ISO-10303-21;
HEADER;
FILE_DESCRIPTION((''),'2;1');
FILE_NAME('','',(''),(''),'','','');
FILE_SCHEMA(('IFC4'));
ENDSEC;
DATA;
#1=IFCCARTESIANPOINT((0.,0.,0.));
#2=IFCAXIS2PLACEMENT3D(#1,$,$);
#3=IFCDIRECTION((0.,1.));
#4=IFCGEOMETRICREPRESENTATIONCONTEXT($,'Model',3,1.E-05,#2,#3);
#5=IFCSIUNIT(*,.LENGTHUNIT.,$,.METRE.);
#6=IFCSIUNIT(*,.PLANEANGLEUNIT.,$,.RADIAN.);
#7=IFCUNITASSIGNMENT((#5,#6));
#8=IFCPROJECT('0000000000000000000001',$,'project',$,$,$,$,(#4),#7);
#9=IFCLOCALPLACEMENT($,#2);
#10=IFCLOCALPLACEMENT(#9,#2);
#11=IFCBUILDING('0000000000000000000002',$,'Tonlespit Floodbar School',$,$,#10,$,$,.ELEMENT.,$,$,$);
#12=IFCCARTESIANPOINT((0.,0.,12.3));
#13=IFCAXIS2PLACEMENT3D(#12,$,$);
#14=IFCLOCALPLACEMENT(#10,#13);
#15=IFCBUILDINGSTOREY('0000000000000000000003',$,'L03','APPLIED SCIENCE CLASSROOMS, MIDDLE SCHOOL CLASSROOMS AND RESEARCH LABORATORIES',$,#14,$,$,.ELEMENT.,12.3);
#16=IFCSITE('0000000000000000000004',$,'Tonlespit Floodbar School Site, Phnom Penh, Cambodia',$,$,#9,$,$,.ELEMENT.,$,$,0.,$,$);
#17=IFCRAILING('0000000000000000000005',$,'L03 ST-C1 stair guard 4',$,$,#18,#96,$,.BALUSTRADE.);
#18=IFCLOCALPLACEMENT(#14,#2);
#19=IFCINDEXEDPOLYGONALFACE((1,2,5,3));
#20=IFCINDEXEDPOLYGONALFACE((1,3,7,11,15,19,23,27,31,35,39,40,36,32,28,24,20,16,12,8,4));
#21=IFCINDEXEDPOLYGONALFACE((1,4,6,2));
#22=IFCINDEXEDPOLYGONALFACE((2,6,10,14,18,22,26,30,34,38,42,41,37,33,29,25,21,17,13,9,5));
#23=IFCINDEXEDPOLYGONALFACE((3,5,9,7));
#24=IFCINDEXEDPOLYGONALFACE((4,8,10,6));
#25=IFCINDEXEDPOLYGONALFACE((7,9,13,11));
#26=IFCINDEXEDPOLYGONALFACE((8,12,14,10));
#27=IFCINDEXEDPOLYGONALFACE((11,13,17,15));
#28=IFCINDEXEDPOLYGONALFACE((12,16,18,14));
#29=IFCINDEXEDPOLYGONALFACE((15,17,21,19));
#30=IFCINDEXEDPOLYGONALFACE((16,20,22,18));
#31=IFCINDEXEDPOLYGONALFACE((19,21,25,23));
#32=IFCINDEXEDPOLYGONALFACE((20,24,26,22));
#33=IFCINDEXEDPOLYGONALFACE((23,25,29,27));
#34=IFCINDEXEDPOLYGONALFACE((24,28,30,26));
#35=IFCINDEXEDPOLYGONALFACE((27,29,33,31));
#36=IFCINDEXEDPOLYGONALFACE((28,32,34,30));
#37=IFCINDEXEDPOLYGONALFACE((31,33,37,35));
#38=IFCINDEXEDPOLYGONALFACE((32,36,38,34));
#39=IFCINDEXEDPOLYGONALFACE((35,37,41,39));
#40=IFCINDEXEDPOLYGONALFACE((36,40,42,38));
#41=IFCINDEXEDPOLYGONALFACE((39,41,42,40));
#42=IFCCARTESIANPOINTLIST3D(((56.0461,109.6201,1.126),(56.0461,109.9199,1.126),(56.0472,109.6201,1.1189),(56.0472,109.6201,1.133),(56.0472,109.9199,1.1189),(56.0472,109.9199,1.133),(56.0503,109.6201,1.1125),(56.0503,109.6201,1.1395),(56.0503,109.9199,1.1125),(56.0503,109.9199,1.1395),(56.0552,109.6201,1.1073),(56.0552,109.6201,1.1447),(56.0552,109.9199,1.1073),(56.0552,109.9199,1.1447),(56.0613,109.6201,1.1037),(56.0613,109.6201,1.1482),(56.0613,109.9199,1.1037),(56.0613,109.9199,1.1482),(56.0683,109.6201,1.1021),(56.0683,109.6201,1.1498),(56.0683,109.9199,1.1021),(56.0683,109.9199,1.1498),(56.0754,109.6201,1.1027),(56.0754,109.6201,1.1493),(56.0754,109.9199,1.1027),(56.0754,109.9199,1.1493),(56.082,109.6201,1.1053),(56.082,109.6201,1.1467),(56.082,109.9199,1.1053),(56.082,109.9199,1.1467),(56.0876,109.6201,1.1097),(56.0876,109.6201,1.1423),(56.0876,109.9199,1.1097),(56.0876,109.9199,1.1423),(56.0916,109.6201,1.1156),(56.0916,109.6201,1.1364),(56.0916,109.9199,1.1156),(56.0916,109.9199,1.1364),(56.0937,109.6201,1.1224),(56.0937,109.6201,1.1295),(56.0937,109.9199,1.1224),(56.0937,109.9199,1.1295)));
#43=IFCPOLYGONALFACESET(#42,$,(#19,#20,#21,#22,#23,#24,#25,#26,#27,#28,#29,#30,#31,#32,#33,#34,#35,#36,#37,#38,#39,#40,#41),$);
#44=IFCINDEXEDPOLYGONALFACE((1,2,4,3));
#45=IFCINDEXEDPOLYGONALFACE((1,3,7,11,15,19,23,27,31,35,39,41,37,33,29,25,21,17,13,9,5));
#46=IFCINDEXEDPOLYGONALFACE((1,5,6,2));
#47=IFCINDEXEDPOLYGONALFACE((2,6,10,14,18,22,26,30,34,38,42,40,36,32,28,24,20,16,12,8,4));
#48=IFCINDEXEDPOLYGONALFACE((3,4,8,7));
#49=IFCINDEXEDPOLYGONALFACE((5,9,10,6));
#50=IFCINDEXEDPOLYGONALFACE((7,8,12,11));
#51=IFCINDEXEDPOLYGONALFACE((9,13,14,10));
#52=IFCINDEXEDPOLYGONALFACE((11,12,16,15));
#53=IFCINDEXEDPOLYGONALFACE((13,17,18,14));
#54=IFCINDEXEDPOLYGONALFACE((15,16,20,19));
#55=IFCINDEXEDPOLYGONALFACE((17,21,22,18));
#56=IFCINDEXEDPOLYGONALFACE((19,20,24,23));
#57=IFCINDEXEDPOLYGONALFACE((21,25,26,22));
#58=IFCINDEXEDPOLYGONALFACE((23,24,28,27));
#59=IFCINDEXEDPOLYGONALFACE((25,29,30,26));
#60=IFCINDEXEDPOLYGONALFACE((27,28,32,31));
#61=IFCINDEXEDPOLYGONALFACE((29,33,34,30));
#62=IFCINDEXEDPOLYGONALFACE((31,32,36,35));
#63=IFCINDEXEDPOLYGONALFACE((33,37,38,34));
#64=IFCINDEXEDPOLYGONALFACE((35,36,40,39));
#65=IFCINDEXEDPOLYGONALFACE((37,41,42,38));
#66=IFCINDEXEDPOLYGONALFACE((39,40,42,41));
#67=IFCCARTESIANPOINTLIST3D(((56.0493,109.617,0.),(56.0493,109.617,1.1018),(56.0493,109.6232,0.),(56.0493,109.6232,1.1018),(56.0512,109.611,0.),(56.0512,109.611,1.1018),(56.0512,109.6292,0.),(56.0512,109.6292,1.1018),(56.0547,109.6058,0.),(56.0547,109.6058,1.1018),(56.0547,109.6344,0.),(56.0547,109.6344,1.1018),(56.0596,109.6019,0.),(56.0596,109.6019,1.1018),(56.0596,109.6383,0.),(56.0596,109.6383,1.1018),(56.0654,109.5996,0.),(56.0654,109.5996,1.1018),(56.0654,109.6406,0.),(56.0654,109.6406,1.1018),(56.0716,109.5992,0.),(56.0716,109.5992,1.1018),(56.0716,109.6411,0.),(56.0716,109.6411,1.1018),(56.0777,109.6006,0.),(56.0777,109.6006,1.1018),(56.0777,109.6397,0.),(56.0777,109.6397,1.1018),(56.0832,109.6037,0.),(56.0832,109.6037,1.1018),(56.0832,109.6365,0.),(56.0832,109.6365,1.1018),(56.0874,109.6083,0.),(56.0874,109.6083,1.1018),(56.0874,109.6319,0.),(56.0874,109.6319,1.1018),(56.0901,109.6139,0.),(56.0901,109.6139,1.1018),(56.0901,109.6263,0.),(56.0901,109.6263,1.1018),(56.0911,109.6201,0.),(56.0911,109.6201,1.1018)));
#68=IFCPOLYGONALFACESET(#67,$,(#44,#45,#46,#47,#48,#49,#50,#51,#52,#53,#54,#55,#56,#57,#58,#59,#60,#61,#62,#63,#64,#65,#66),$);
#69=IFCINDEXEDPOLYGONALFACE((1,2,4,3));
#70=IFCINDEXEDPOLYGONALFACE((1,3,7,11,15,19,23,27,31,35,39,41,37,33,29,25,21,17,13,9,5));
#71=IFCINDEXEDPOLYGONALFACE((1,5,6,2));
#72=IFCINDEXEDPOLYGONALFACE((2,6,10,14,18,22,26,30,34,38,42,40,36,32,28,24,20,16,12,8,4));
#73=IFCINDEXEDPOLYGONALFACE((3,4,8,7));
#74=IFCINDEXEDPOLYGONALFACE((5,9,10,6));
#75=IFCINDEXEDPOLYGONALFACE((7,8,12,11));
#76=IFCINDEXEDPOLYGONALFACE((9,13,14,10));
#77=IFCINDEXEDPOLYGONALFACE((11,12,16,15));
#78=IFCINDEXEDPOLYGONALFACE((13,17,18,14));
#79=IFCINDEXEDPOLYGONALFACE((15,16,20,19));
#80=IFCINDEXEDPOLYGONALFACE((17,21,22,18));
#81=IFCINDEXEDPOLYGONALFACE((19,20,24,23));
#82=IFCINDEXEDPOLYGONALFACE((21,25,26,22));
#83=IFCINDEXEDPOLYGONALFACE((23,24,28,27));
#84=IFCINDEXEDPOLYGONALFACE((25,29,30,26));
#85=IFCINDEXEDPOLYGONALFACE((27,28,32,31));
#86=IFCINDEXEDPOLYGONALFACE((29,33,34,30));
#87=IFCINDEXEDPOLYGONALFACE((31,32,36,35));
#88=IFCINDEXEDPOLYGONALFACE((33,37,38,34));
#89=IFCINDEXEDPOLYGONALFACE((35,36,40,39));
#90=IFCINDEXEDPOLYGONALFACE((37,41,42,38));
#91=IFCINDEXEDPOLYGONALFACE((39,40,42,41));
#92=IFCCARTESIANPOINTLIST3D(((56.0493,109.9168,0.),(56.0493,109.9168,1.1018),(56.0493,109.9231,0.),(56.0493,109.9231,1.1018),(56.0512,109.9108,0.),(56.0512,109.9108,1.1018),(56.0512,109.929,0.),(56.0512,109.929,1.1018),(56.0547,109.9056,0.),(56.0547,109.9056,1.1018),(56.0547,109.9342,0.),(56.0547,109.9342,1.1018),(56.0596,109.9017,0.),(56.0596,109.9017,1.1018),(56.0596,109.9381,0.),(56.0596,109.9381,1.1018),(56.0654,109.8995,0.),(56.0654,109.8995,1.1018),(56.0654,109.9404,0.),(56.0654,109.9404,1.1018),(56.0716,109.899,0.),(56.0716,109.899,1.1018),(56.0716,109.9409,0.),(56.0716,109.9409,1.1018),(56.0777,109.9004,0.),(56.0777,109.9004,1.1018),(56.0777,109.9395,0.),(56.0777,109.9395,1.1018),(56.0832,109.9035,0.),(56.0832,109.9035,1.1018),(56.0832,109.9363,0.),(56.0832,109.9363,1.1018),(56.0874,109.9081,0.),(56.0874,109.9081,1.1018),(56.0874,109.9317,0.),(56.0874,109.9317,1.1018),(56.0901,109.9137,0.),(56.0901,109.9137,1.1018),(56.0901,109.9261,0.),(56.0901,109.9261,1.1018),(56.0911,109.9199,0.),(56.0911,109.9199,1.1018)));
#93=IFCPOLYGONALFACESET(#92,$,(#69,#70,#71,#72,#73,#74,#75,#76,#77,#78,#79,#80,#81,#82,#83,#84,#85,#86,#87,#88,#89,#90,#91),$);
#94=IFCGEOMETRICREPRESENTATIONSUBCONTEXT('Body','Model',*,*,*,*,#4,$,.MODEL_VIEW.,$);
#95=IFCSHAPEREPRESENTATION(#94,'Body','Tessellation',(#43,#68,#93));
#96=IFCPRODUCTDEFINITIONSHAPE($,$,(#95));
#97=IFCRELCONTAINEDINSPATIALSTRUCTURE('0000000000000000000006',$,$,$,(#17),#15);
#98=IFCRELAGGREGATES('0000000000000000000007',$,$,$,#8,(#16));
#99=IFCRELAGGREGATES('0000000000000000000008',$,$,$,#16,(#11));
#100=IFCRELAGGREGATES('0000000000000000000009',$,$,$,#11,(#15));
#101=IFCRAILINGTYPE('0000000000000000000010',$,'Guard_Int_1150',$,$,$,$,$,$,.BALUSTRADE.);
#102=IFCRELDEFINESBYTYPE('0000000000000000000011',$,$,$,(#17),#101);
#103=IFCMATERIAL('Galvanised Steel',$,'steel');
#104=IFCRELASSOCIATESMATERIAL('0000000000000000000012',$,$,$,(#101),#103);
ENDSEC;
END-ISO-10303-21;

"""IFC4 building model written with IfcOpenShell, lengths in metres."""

from ifc_helpers import new_model, si_unit, direction, frame, origin, origin_2d, place, context, subcontext, project, spatial, circle, extrude, material, type_object, element, save


model = new_model("IFC4")

# Units and contexts
model_context = context("Model", 3, precision=1e-05, world=origin(), true_north=direction((0.0, 1.0)))
body_context = subcontext(model_context, "Body", "Model", "MODEL_VIEW")
ifc_project = project(units=[si_unit("LENGTHUNIT", "METRE"), si_unit("PLANEANGLEUNIT", "RADIAN")], contexts=[model_context])

# Site, building, storey
site_placement = place(None, origin())
site = spatial("IfcSite", under=ifc_project, at=site_placement, Name="Tonlespit Floodbar School Site, Phnom Penh, Cambodia", CompositionType="ELEMENT", RefElevation=0.0)
building_placement = place(site_placement, origin())
building = spatial("IfcBuilding", under=site, at=building_placement, Name="Tonlespit Floodbar School", CompositionType="ELEMENT")
storey_placement = place(building_placement, frame((0.0, 0.0, 12.3)))
storey = spatial("IfcBuildingStorey", under=building, at=storey_placement, Name="L03", Description="APPLIED SCIENCE CLASSROOMS, MIDDLE SCHOOL CLASSROOMS AND RESEARCH LABORATORIES", CompositionType="ELEMENT", Elevation=12.3)

# Shared definitions
ifc_material_1 = material(Name="Galvanised Steel", Category="steel")

# Railing
railing_type_1 = type_object("IfcRailingType", Name="Guard_Int_1150", PredefinedType="BALUSTRADE", material=ifc_material_1)
railing_1_placement = place(storey_placement, frame((56.0701, 109.6201, 0.0)))
element("IfcRailing", 1, at=railing_1_placement, inside=storey, type_object=railing_type_1, Name="L03 ST-C1 stair guard 4", PredefinedType="BALUSTRADE", context=body_context, shape_type="SweptSolid", body=[
    extrude(circle(Radius=0.0239, at=origin_2d()), frame((0.0, 0.0, 1.126), z_axis=(0.0, 1.0, 0.0), x_axis=(-1.0, 0.0, 0.0)), (0.0, 0.0, 1.0), 0.2998),
    extrude(circle(Radius=0.021, at=origin_2d()), origin(), (0.0, 0.0, 1.0), 1.1018),
    extrude(circle(Radius=0.021, at=origin_2d()), frame((0.0, 0.2998, 0.0)), (0.0, 0.0, 1.0), 1.1018),
])

save(model, "model.ifc")
